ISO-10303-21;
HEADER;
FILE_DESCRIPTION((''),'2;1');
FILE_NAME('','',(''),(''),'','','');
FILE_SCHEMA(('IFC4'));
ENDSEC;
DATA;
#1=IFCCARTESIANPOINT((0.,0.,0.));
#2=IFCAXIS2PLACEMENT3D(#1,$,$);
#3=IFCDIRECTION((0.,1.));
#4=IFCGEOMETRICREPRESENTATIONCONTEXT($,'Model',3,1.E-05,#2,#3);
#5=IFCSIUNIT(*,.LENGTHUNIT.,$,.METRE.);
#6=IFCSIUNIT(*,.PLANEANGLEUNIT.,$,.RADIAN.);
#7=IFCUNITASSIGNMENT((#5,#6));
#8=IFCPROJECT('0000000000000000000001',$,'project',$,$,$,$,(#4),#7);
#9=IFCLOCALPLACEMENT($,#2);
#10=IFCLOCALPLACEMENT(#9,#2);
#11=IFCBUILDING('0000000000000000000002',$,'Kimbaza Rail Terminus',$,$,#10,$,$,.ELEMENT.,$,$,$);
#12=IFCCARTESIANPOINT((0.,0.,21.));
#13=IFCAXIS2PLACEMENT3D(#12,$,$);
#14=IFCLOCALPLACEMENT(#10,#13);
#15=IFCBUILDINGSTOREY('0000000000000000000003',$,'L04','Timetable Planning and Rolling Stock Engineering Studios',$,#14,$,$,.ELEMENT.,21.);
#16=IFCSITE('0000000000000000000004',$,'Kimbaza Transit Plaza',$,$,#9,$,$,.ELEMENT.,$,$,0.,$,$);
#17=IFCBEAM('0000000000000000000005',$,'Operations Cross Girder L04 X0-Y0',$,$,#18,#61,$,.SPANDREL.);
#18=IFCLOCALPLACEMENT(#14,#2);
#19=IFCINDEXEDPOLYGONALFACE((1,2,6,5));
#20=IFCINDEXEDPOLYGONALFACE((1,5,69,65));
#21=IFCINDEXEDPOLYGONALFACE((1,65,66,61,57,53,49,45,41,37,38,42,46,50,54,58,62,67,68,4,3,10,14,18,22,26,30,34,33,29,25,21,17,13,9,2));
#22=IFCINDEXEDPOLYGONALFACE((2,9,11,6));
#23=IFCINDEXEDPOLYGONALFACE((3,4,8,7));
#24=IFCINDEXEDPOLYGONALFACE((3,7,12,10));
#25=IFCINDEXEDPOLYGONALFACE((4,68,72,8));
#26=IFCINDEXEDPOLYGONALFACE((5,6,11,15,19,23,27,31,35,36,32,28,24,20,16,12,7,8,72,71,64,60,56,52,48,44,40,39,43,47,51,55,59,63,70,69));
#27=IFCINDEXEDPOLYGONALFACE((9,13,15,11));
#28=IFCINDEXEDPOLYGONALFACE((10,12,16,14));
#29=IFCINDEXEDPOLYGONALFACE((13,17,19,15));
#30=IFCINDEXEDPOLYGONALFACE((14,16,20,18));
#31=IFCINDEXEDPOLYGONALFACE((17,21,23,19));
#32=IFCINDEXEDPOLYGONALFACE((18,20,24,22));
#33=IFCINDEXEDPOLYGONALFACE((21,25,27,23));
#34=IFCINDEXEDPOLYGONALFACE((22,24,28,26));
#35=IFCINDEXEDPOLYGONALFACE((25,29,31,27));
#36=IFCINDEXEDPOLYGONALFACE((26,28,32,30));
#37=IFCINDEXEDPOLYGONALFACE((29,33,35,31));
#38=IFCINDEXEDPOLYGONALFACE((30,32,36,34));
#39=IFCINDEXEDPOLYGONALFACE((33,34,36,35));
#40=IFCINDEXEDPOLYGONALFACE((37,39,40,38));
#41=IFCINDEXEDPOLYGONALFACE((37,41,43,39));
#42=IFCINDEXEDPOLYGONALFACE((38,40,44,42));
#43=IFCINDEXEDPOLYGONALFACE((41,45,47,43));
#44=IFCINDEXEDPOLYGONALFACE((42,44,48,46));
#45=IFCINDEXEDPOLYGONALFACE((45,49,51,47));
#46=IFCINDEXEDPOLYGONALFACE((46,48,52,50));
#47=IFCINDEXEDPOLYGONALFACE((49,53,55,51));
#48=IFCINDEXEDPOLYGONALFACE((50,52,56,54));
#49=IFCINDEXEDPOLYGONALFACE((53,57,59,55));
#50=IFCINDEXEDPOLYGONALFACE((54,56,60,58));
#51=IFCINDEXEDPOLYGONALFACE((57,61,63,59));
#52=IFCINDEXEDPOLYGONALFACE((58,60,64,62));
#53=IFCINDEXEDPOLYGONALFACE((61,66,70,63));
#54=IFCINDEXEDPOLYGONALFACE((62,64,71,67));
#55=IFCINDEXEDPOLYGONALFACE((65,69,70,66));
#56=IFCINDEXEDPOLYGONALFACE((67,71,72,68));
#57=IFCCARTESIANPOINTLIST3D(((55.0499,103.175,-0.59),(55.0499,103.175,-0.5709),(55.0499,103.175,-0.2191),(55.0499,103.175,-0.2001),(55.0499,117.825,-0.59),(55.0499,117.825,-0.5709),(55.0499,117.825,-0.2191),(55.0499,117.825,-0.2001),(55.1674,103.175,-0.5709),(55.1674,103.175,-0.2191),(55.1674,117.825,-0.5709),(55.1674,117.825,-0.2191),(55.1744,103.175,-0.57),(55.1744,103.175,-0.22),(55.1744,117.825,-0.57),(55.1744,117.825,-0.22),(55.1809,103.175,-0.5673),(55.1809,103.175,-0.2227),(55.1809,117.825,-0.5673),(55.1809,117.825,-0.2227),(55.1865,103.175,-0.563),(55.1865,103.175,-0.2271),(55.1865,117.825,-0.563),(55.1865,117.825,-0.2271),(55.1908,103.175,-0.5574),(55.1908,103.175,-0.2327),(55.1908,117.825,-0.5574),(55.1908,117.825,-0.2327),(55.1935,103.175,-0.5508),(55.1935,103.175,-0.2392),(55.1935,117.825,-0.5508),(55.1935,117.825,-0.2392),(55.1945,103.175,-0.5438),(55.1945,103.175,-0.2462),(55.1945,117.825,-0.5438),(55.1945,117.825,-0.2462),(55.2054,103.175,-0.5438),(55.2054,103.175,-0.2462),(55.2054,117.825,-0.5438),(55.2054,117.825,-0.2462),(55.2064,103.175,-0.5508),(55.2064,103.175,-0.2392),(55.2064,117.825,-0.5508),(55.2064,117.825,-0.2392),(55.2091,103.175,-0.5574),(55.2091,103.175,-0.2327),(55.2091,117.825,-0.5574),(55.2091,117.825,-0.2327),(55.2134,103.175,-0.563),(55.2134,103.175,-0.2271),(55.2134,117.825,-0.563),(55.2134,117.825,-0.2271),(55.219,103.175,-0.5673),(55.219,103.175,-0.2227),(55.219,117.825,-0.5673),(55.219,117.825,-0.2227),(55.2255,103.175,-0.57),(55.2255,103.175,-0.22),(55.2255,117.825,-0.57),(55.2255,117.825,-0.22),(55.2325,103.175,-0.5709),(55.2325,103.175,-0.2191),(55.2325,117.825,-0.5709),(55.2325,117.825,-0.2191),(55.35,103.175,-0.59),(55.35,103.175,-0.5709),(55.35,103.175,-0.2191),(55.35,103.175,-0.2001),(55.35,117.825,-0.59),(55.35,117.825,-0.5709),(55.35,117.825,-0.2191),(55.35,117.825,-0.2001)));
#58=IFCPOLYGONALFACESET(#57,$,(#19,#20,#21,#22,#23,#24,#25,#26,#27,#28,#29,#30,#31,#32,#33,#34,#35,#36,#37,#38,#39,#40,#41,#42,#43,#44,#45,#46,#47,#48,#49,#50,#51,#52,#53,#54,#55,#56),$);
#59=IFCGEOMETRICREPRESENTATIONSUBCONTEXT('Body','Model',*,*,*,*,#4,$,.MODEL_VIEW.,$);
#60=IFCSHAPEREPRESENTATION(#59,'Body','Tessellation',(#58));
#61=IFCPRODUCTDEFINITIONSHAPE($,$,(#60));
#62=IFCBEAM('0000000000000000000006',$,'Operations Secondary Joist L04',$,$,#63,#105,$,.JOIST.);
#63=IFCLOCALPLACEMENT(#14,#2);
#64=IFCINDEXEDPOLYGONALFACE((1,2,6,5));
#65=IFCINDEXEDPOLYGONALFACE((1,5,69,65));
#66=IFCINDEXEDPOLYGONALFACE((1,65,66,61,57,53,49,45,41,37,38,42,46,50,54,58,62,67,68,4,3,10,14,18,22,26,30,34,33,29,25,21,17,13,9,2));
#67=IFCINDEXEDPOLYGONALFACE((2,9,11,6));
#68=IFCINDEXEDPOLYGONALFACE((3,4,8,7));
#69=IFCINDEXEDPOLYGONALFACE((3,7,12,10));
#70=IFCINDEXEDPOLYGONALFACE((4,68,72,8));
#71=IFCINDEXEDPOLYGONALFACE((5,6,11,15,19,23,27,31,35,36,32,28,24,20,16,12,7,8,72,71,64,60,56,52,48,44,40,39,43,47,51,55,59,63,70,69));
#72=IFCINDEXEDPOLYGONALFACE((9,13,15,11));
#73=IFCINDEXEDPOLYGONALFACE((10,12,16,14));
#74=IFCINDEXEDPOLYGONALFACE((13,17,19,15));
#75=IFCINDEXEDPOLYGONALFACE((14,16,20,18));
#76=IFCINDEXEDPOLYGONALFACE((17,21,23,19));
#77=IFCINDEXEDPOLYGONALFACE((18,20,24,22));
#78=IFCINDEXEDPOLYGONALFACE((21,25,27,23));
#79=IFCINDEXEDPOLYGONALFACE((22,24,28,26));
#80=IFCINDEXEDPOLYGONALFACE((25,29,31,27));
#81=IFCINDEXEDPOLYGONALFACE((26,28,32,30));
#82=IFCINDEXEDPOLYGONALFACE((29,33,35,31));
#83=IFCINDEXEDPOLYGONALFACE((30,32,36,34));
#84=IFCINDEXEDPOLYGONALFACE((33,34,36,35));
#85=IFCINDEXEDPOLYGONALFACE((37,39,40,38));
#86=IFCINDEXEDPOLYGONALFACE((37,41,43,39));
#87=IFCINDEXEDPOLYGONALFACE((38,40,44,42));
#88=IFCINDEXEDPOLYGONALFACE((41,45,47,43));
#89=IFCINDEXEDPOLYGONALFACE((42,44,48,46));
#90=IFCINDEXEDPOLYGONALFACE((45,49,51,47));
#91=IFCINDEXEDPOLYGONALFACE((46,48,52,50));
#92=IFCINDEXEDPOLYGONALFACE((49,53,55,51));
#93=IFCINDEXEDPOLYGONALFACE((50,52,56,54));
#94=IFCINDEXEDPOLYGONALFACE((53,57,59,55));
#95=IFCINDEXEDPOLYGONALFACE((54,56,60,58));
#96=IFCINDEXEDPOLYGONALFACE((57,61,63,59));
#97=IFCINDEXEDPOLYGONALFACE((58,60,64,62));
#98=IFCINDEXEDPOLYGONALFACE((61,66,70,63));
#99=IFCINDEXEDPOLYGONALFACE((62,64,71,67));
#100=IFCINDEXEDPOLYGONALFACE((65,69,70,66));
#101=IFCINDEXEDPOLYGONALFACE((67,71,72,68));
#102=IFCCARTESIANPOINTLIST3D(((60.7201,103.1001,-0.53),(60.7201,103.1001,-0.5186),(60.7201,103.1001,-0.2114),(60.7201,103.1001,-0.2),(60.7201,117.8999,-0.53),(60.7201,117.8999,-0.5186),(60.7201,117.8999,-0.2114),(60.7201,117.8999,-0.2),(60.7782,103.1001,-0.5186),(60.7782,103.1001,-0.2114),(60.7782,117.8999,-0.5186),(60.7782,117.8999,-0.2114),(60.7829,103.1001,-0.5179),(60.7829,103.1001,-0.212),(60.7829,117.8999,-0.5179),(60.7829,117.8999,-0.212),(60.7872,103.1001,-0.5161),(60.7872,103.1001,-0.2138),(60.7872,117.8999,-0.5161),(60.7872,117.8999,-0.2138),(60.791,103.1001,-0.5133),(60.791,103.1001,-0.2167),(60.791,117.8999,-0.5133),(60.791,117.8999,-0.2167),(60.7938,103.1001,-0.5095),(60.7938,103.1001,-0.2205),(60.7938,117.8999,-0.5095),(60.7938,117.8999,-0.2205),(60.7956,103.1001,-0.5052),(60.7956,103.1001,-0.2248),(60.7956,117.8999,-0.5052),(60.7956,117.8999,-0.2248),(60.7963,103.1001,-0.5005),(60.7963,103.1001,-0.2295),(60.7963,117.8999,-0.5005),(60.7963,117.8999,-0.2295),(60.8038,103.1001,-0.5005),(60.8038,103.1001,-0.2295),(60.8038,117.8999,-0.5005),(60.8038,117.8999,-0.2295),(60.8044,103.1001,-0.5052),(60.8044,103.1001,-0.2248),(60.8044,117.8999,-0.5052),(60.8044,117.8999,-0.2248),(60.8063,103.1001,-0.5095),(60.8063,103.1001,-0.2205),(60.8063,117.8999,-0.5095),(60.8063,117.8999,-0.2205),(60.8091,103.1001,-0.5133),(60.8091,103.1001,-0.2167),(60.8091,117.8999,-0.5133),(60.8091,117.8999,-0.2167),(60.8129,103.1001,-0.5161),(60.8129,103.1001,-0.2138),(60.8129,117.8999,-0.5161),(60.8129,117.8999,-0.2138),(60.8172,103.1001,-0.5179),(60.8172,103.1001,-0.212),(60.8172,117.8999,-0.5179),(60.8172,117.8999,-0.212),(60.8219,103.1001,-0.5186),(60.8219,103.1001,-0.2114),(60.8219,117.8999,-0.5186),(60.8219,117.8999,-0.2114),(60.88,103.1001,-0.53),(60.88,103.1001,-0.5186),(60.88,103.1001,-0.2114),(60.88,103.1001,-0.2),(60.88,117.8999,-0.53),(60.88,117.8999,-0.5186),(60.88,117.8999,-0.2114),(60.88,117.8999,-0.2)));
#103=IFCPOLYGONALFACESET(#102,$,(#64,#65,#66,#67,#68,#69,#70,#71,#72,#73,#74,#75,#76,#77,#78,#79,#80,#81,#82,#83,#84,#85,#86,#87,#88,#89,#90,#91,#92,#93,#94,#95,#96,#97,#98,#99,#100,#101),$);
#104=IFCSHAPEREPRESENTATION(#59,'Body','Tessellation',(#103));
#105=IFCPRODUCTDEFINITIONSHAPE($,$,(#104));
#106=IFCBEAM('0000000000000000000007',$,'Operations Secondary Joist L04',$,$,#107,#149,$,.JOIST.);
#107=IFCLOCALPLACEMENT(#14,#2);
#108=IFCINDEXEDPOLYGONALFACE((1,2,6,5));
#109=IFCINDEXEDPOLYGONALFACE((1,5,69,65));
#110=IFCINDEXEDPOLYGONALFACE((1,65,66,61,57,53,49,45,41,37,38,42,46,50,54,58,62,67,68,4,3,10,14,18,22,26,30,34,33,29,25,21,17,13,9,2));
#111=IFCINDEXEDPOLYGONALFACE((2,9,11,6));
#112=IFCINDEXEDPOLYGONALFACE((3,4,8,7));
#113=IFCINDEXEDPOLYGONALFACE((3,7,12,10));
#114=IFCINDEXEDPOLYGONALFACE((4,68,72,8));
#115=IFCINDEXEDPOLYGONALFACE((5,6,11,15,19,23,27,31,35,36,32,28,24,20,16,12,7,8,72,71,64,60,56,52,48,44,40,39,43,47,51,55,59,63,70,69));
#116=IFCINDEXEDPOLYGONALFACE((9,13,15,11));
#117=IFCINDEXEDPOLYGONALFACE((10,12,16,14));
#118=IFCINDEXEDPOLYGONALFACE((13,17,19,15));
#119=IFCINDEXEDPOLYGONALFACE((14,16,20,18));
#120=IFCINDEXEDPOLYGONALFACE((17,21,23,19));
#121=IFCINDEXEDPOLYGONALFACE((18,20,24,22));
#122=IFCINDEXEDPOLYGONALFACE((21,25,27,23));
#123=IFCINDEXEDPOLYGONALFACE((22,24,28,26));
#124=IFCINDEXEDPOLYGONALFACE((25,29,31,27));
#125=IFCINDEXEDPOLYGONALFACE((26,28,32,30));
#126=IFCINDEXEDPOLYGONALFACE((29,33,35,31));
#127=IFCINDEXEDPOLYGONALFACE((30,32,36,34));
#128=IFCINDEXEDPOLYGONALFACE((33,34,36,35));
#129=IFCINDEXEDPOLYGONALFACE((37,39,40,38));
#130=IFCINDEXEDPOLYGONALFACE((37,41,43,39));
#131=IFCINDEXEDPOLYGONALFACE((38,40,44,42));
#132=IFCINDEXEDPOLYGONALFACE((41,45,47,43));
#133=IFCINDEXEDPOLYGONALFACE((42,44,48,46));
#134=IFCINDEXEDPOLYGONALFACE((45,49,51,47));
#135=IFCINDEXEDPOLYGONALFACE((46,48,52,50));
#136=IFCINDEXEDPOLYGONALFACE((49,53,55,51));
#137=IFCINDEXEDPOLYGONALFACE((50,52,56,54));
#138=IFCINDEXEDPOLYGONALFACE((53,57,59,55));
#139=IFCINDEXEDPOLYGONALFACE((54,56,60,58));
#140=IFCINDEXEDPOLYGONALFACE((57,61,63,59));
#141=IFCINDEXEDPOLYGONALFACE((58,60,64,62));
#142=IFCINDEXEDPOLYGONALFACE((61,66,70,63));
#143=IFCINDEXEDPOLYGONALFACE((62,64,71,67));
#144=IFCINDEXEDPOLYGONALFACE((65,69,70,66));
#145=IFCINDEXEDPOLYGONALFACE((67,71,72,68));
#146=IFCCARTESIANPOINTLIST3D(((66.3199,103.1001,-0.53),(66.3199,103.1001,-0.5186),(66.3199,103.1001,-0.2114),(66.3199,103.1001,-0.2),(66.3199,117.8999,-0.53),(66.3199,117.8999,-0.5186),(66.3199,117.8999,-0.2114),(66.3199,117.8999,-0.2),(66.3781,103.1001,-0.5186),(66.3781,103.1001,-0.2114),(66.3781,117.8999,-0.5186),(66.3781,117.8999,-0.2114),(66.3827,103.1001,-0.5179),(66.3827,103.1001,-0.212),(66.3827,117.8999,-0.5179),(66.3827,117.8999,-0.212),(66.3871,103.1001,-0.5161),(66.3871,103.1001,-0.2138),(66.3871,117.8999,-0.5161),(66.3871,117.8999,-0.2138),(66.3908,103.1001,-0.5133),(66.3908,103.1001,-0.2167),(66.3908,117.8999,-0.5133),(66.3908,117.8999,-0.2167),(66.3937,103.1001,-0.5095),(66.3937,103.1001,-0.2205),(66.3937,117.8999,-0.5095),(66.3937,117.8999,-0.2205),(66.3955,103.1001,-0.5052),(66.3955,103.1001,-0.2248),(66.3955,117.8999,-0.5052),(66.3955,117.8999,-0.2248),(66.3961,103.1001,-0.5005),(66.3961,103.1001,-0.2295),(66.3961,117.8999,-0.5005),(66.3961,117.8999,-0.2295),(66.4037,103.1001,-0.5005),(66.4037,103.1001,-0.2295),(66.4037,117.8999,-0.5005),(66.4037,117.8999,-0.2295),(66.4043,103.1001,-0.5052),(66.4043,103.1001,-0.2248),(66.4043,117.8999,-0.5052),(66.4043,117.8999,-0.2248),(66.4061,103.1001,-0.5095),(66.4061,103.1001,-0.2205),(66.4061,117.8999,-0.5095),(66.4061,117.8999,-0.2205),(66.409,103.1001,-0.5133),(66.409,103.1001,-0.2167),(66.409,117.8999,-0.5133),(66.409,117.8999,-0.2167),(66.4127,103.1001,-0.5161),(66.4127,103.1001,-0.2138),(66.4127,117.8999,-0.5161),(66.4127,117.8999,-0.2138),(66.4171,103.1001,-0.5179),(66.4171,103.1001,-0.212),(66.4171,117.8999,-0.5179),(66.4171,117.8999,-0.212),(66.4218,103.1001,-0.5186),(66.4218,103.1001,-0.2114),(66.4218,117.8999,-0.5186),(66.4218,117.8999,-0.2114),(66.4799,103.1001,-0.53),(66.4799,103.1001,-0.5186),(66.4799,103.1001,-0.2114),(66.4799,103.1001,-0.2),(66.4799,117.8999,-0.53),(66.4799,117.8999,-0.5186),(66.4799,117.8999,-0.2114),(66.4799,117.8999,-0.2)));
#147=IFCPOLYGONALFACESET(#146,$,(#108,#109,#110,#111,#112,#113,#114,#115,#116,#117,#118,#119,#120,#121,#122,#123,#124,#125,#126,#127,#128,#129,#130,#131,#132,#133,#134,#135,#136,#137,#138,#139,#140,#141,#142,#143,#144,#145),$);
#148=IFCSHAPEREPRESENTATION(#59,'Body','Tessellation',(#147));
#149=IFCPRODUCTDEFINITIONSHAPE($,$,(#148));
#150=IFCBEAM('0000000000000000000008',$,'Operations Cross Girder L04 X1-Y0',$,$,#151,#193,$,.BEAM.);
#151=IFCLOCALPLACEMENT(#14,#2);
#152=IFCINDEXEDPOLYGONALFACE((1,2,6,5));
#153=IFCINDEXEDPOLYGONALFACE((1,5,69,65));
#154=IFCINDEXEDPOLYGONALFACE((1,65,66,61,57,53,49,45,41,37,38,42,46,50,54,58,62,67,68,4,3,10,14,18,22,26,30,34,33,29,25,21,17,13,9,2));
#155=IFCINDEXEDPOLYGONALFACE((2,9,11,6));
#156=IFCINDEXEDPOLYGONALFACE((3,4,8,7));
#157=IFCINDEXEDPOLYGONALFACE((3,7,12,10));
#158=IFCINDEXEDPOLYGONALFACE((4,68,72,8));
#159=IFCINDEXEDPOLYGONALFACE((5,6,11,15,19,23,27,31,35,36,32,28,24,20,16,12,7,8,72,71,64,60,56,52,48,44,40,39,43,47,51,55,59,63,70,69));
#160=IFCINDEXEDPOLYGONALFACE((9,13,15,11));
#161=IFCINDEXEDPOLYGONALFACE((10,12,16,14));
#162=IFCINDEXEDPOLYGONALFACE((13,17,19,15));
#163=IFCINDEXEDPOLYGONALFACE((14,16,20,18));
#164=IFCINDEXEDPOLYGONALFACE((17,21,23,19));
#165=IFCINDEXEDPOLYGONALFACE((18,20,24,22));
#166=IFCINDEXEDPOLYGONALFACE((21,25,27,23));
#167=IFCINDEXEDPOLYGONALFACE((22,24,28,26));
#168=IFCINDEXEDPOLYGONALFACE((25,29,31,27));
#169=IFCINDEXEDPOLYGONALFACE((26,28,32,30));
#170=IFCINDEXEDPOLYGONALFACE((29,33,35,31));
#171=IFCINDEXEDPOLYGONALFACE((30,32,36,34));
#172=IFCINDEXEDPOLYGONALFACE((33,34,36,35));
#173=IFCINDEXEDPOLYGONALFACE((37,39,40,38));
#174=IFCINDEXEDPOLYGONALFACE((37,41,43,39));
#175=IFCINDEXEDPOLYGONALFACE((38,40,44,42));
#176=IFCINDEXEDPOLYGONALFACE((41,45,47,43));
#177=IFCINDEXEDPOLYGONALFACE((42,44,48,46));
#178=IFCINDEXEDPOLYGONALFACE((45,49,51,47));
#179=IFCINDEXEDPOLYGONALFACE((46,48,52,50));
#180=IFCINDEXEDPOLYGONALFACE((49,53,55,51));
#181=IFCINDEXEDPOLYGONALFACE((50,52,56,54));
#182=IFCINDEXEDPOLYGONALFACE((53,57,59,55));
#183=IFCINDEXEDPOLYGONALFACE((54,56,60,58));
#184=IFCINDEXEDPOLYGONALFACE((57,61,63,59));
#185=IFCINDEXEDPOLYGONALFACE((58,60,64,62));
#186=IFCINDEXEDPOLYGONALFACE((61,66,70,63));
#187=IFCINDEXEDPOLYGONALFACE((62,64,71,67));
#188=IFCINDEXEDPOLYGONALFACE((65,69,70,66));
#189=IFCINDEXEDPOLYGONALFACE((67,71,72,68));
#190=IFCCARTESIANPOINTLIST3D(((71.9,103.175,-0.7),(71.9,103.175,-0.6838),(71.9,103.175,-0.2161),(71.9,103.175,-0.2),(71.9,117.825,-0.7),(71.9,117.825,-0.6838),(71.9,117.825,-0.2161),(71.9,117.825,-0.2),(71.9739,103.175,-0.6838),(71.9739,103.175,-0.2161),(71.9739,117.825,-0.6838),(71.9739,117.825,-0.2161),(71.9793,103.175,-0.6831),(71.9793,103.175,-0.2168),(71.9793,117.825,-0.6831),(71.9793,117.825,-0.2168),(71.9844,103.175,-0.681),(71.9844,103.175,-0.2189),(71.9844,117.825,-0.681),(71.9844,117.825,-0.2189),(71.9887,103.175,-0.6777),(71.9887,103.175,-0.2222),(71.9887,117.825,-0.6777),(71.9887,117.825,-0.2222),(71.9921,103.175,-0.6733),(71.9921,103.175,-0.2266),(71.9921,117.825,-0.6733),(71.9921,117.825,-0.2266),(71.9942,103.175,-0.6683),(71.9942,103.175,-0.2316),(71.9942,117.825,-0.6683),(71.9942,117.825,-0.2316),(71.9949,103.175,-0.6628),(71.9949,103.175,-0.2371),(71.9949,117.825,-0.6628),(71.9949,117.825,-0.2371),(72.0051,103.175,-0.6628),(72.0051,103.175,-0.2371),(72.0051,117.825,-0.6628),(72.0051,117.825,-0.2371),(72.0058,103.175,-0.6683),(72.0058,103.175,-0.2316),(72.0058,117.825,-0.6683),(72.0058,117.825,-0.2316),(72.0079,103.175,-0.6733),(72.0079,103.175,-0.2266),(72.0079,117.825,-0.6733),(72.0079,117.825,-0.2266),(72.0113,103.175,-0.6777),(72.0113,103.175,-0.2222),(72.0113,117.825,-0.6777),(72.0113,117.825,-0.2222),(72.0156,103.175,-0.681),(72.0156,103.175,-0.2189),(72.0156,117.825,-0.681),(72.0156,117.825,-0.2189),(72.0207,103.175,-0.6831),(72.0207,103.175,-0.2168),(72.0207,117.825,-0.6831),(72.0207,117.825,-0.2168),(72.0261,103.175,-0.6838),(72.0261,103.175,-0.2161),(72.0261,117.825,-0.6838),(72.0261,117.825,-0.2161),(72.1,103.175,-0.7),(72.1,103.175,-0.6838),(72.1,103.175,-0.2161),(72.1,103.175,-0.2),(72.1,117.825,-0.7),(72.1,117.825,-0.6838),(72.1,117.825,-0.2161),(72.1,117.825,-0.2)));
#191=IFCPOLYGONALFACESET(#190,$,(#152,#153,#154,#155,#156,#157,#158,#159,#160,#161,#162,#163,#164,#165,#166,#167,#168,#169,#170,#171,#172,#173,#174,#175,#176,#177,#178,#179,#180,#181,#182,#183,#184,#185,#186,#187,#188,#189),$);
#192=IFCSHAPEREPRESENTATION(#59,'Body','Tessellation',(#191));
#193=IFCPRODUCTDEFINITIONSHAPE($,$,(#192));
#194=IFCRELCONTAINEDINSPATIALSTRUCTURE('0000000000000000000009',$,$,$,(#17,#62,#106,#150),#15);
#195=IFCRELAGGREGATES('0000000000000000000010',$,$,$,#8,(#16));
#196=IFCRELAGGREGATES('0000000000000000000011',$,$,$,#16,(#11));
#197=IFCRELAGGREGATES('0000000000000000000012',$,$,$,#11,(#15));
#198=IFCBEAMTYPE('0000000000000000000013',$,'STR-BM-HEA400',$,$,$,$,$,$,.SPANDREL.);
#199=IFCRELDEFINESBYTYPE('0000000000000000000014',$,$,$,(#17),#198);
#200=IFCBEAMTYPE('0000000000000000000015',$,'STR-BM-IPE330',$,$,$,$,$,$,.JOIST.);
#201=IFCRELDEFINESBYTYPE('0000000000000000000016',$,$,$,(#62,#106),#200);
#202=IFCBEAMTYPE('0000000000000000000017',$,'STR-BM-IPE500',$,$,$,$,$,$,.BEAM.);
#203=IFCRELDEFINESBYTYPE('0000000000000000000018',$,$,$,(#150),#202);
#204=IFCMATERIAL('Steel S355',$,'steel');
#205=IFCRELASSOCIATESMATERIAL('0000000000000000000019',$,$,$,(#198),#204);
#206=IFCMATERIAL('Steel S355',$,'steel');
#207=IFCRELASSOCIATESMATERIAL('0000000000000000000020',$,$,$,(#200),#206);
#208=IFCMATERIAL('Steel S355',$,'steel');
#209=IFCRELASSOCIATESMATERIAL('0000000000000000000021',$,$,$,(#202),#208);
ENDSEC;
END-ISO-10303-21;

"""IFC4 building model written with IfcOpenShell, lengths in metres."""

from ifc_helpers import new_model, si_unit, direction, frame, origin, origin_2d, place, context, subcontext, project, spatial, i_section, extrude, material, material_profile, profile_set, type_object, element, save


model = new_model("IFC4")

# Units and contexts
model_context = context("Model", 3, precision=1e-05, world=origin(), true_north=direction((0.0, 1.0)))
body_context = subcontext(model_context, "Body", "Model", "MODEL_VIEW")
ifc_project = project(units=[si_unit("LENGTHUNIT", "METRE"), si_unit("PLANEANGLEUNIT", "RADIAN")], contexts=[model_context])

# Site, building, storey
site_placement = place(None, origin())
site = spatial("IfcSite", under=ifc_project, at=site_placement, Name="Kimbaza Transit Plaza", CompositionType="ELEMENT", RefElevation=0.0)
building_placement = place(site_placement, origin())
building = spatial("IfcBuilding", under=site, at=building_placement, Name="Kimbaza Rail Terminus", CompositionType="ELEMENT")
storey_placement = place(building_placement, frame((0.0, 0.0, 21.0)))
storey = spatial("IfcBuildingStorey", under=building, at=storey_placement, Name="L04", Description="Timetable Planning and Rolling Stock Engineering Studios", CompositionType="ELEMENT", Elevation=21.0)

# Beams
ifc_material_1 = material(Name="Steel S355", Category="steel")
ifc_material_profile_1 = material_profile(ifc_material_1, i_section(OverallWidth=0.3, OverallDepth=0.3899, WebThickness=0.011, FlangeThickness=0.019, FilletRadius=0.0271, at=origin_2d()), Name="HEA 400")
ifc_profile_set_1 = profile_set([ifc_material_profile_1], Name="Steel S355")
beam_type_1 = type_object("IfcBeamType", Name="STR-BM-HEA400", PredefinedType="SPANDREL", material=ifc_profile_set_1)
beam_1_placement = place(storey_placement, frame((55.2, 103.175, -0.395), z_axis=(0.0, 1.0, 0.0), x_axis=(-1.0, 0.0, 0.0)))
element("IfcBeam", 1, at=beam_1_placement, inside=storey, type_object=beam_type_1, Name="Operations Cross Girder L04 X0-Y0", PredefinedType="SPANDREL", context=body_context, shape_type="SweptSolid", body=[
    extrude(i_section(OverallWidth=0.3, OverallDepth=0.3899, WebThickness=0.011, FlangeThickness=0.019, FilletRadius=0.0271, at=origin_2d()), origin(), (0.0, 0.0, 1.0), 14.6499),
])
ifc_material_2 = material(Name="Steel S355", Category="steel")
ifc_material_profile_2 = material_profile(ifc_material_2, i_section(OverallWidth=0.1599, OverallDepth=0.3301, WebThickness=0.0076, FlangeThickness=0.0115, FilletRadius=0.0181, at=origin_2d()), Name="IPE 330")
ifc_profile_set_2 = profile_set([ifc_material_profile_2], Name="Steel S355")
beam_type_2 = type_object("IfcBeamType", Name="STR-BM-IPE330", PredefinedType="JOIST", material=ifc_profile_set_2)
for number, where, z_axis, x_axis, name in (
    (2, (60.8, 103.1001, -0.365), (0.0, 1.0, 0.0), (-1.0, 0.0, 0.0), "Operations Secondary Joist L04"),
    (3, (66.3999, 103.1001, -0.365), (0.0, 1.0, 0.0), (-1.0, 0.0, 0.0), "Operations Secondary Joist L04"),
):
    element("IfcBeam", number, at=place(storey_placement, frame(where, z_axis=z_axis, x_axis=x_axis)), inside=storey, type_object=beam_type_2, Name=name, PredefinedType="JOIST", context=body_context, shape_type="SweptSolid", body=[
        extrude(i_section(OverallWidth=0.1599, OverallDepth=0.3301, WebThickness=0.0076, FlangeThickness=0.0115, FilletRadius=0.0181, at=origin_2d()), origin(), (0.0, 0.0, 1.0), 14.7998),
    ])
ifc_material_3 = material(Name="Steel S355", Category="steel")
ifc_material_profile_3 = material_profile(ifc_material_3, i_section(OverallWidth=0.2, OverallDepth=0.5, WebThickness=0.0103, FlangeThickness=0.0161, FilletRadius=0.021, at=origin_2d()), Name="IPE 500")
ifc_profile_set_3 = profile_set([ifc_material_profile_3], Name="Steel S355")
beam_type_3 = type_object("IfcBeamType", Name="STR-BM-IPE500", PredefinedType="BEAM", material=ifc_profile_set_3)
beam_2_placement = place(storey_placement, frame((72.0, 103.175, -0.45), z_axis=(0.0, 1.0, 0.0), x_axis=(-1.0, 0.0, 0.0)))
element("IfcBeam", 4, at=beam_2_placement, inside=storey, type_object=beam_type_3, Name="Operations Cross Girder L04 X1-Y0", PredefinedType="BEAM", context=body_context, shape_type="SweptSolid", body=[
    extrude(i_section(OverallWidth=0.2, OverallDepth=0.5, WebThickness=0.0103, FlangeThickness=0.0161, FilletRadius=0.021, at=origin_2d()), origin(), (0.0, 0.0, 1.0), 14.6499),
])

save(model, "model.ifc")
